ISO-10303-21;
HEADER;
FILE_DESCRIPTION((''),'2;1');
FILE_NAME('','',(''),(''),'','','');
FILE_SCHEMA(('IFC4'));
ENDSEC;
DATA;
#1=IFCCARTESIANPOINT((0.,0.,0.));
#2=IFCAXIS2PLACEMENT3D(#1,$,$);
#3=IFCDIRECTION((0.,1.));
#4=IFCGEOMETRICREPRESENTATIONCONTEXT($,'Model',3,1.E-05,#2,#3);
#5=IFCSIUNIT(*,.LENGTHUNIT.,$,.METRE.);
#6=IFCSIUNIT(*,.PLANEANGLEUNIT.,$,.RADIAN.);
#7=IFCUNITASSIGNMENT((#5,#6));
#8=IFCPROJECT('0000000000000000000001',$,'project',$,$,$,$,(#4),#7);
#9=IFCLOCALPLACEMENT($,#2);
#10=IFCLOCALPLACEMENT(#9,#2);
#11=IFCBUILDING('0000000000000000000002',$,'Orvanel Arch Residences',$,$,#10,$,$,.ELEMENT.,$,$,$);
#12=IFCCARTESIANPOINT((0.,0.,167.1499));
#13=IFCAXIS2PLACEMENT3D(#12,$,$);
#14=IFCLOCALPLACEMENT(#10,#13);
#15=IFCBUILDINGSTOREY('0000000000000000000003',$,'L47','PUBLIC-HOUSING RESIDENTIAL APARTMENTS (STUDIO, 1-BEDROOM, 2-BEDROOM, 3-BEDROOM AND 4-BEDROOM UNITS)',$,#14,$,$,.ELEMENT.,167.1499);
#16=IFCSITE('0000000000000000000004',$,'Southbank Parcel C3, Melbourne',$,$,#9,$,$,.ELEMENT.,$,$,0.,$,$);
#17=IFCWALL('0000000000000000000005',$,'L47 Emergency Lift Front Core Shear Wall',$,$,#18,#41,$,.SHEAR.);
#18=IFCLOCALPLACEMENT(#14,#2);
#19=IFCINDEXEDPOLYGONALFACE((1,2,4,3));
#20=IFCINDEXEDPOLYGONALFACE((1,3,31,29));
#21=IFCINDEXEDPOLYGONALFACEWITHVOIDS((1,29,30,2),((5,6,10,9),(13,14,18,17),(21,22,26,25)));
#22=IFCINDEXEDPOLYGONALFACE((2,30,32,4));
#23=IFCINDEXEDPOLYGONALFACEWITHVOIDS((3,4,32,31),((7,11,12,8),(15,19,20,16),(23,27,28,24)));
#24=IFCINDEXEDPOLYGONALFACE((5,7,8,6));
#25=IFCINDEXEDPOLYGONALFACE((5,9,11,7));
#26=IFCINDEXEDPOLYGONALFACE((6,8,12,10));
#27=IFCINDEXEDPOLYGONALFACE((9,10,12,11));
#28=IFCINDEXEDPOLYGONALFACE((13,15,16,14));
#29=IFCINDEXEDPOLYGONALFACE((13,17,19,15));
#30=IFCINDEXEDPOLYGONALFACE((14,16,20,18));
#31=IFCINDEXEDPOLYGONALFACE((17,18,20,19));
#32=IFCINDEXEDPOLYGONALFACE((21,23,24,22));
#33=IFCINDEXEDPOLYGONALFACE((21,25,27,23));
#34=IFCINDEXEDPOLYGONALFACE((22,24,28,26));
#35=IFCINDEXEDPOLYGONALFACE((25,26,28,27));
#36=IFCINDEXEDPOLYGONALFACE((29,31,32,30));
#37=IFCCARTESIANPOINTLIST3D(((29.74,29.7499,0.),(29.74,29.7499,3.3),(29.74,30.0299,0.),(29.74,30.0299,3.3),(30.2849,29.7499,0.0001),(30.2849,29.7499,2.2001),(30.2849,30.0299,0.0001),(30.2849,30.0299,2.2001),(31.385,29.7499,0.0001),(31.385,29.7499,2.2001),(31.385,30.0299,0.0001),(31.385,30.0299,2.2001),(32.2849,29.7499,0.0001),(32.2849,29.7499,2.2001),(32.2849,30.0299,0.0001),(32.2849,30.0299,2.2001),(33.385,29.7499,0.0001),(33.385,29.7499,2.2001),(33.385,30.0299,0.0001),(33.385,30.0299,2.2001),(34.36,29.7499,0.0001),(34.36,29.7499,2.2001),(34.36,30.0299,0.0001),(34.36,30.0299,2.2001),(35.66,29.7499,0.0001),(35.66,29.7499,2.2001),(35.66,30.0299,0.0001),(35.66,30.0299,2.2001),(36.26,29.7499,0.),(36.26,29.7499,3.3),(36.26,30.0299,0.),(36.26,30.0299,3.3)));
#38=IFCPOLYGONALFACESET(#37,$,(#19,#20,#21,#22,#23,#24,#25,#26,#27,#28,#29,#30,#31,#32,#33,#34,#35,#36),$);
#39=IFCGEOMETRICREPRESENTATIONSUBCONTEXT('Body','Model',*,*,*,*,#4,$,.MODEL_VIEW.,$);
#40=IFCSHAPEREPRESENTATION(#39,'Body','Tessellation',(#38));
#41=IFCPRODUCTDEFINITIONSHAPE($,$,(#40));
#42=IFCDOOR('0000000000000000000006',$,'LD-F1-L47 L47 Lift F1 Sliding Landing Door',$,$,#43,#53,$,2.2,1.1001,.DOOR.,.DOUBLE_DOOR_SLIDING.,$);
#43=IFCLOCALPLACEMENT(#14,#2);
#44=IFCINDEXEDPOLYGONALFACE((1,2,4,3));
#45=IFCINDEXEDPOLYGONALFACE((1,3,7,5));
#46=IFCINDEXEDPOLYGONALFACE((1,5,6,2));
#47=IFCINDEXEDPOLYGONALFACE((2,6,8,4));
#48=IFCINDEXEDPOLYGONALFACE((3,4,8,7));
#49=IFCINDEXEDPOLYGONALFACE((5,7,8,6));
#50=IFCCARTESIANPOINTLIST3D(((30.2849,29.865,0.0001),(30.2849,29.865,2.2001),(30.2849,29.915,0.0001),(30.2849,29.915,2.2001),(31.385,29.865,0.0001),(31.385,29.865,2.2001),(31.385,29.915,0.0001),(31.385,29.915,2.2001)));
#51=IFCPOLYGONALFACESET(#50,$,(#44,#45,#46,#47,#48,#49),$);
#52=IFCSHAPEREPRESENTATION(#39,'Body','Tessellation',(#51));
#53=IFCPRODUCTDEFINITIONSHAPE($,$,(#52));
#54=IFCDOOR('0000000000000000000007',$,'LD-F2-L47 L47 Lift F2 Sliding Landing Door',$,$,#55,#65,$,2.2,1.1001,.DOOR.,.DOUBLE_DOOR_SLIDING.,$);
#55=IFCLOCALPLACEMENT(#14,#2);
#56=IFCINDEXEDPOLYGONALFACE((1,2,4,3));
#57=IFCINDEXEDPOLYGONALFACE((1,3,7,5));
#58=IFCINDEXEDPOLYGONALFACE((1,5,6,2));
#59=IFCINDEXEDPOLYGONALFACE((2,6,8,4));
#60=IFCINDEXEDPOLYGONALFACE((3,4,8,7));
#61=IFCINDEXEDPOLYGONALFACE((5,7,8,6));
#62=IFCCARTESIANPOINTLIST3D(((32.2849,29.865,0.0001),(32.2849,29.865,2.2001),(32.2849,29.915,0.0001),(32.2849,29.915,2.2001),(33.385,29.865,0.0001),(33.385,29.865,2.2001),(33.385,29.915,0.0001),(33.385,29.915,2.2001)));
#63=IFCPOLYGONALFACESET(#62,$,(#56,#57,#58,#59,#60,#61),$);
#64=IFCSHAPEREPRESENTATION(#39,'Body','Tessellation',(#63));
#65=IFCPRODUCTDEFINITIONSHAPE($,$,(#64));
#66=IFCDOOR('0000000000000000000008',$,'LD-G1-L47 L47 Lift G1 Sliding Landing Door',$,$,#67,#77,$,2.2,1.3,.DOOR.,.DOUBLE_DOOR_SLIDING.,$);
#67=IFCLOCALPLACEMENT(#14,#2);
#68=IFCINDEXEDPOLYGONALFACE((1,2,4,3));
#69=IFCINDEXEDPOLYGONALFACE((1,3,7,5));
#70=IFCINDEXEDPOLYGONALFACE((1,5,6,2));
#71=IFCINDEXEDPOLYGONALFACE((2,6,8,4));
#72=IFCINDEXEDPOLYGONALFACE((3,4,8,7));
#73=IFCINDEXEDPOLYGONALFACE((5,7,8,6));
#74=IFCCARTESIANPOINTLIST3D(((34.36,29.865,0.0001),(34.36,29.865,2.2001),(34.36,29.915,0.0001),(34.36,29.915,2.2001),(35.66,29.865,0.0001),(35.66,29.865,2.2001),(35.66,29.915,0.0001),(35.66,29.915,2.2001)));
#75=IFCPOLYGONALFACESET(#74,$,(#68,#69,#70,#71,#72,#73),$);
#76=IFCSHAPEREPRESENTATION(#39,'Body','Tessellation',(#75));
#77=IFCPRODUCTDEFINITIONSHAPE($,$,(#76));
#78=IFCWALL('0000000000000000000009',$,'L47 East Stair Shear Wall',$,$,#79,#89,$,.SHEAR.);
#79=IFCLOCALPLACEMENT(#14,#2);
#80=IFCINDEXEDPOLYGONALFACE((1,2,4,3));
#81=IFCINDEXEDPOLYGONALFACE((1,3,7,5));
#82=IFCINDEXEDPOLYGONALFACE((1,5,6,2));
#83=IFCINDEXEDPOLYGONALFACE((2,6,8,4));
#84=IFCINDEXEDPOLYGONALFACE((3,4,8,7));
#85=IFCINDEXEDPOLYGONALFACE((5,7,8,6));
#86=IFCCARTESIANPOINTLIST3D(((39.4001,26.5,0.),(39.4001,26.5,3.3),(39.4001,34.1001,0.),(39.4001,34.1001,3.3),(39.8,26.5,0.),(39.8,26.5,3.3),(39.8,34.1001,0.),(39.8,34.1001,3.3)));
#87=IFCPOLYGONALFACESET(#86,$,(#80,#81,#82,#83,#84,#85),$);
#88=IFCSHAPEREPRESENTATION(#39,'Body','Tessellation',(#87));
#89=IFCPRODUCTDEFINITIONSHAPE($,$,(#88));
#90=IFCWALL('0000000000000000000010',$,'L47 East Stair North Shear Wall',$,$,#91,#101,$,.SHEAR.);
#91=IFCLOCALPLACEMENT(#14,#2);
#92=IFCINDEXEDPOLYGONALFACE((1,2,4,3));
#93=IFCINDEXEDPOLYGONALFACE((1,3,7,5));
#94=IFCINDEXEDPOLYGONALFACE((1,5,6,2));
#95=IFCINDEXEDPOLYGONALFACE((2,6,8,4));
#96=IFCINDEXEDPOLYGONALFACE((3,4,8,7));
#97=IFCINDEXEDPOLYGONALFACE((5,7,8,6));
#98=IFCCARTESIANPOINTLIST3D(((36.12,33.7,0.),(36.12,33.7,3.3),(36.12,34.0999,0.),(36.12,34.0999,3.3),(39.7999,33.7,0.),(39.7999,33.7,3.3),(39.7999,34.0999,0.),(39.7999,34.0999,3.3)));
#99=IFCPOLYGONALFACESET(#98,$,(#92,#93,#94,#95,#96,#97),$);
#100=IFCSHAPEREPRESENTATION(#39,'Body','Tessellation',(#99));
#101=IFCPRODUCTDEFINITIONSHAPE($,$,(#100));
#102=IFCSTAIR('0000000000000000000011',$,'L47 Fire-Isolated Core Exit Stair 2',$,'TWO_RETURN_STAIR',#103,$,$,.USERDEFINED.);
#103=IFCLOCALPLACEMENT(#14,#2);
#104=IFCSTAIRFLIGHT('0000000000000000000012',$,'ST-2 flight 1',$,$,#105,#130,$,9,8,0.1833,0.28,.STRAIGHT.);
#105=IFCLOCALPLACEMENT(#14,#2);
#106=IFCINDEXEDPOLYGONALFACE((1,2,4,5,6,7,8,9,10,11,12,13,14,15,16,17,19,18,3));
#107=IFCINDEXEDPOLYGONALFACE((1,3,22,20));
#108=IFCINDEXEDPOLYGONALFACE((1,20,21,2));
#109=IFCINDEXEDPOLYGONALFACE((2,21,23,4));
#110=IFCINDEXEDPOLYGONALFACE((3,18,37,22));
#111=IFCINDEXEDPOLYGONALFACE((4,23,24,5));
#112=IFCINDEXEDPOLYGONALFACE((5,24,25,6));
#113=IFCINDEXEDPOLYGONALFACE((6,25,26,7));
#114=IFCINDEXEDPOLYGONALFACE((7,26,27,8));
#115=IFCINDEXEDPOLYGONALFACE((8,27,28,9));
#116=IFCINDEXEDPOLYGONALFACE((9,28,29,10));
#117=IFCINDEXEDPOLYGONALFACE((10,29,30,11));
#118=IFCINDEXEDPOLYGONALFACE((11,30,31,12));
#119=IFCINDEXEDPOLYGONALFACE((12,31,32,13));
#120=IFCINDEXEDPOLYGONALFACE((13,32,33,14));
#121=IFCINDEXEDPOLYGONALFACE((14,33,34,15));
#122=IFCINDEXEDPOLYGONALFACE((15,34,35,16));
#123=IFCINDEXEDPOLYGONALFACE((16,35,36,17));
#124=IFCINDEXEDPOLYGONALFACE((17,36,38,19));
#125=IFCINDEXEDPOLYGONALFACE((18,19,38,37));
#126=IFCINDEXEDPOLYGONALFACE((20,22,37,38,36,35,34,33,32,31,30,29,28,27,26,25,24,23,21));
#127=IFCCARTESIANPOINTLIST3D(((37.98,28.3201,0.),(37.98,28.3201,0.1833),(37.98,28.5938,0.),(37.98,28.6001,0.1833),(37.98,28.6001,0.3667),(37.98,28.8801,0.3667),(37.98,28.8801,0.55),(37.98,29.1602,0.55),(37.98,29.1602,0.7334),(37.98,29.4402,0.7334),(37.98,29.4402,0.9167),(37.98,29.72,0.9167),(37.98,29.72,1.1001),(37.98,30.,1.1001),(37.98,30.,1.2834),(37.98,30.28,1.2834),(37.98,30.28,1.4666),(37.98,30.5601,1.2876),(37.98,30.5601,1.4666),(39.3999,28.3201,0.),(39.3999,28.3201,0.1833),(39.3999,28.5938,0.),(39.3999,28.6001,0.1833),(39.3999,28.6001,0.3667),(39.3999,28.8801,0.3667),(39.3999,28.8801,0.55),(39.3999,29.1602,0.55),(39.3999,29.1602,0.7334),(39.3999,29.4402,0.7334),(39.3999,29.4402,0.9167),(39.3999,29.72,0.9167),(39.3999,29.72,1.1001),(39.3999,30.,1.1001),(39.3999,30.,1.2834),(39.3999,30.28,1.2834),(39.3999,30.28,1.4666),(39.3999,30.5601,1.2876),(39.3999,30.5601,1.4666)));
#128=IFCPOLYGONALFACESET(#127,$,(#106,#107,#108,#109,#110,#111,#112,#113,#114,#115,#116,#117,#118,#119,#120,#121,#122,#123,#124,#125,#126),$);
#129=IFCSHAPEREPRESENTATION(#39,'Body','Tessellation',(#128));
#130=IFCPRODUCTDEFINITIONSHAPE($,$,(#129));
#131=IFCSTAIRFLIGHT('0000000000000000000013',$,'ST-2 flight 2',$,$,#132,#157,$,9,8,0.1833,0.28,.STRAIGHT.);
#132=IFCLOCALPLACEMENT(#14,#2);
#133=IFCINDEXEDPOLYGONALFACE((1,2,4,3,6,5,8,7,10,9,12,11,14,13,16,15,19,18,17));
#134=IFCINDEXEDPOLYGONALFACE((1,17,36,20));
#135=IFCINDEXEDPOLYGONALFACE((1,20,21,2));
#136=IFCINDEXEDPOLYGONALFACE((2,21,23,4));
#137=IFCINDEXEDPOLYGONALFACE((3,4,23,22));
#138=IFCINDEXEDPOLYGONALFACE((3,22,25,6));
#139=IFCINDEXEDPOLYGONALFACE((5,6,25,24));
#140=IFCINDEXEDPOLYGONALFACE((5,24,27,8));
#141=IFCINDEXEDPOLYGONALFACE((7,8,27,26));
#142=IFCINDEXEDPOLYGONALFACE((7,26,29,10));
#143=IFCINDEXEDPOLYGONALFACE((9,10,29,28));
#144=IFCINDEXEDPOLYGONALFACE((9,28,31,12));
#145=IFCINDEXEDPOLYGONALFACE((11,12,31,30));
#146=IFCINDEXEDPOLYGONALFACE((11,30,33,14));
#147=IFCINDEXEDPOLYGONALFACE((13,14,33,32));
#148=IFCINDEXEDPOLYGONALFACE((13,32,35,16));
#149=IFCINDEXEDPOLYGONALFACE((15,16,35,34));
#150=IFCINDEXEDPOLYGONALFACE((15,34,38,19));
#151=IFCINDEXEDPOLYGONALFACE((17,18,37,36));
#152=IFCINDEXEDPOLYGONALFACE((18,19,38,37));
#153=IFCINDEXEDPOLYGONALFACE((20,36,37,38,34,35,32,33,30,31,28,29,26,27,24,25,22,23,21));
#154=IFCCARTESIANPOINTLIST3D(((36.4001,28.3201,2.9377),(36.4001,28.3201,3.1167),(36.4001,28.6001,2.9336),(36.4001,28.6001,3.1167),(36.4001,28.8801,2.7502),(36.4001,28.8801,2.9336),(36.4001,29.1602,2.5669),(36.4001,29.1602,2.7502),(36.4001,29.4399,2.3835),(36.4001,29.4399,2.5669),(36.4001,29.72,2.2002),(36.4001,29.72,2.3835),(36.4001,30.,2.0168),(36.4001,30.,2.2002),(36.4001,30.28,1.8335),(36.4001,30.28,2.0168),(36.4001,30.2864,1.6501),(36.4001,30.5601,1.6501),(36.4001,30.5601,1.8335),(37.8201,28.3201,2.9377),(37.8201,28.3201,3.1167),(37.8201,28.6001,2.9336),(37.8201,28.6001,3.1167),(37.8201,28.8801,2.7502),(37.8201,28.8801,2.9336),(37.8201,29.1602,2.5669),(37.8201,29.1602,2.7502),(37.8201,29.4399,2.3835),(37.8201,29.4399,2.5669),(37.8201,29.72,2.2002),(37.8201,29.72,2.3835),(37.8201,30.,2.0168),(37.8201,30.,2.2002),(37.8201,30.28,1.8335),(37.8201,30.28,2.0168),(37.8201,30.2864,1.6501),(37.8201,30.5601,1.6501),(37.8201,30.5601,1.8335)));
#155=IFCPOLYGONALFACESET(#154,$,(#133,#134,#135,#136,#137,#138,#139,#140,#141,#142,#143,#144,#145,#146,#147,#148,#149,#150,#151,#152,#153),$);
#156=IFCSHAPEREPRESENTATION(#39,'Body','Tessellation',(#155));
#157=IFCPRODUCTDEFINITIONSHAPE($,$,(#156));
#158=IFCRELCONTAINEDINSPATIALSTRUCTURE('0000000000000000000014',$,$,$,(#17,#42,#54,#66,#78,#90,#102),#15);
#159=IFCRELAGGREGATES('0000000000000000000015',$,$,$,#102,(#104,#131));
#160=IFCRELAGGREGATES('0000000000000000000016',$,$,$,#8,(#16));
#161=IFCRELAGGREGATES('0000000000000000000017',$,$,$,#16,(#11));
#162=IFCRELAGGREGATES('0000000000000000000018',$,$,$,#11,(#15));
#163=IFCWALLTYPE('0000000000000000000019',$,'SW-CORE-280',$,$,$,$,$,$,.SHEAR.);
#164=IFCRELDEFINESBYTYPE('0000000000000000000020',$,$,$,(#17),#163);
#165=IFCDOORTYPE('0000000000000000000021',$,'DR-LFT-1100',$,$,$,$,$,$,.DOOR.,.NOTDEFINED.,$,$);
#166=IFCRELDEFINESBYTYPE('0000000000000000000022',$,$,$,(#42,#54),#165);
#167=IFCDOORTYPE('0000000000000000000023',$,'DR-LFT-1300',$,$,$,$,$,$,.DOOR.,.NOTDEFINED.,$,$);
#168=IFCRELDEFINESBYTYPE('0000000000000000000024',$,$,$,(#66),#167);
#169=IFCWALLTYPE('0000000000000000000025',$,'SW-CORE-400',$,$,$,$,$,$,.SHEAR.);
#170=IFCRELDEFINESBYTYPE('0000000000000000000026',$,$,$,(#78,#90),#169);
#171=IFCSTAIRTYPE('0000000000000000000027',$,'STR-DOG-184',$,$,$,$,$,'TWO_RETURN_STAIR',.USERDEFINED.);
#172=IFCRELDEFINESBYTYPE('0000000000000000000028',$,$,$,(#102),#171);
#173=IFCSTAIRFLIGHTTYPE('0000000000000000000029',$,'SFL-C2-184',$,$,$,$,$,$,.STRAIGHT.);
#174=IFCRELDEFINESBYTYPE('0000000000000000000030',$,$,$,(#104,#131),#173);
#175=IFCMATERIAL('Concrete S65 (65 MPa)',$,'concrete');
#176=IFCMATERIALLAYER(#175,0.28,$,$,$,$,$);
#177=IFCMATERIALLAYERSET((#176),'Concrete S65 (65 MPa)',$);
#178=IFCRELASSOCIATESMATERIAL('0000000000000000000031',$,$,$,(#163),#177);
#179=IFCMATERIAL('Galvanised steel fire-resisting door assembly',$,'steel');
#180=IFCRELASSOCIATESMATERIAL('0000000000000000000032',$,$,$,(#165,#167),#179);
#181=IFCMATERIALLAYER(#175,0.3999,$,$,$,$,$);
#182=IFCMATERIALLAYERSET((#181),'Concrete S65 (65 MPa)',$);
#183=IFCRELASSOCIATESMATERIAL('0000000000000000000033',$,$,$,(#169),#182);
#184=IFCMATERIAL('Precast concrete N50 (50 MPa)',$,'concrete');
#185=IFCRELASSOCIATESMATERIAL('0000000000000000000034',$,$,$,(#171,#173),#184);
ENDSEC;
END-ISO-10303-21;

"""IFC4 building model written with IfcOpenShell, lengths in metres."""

from ifc_helpers import new_model, si_unit, direction, frame, frame_2d, origin, place, context, subcontext, project, spatial, polyline, rectangle, outline, extrude, material, layer, layer_set, type_object, element, fill, aggregate, save


model = new_model("IFC4")

# Units and contexts
model_context = context("Model", 3, precision=1e-05, world=origin(), true_north=direction((0.0, 1.0)))
body_context = subcontext(model_context, "Body", "Model", "MODEL_VIEW")
ifc_project = project(units=[si_unit("LENGTHUNIT", "METRE"), si_unit("PLANEANGLEUNIT", "RADIAN")], contexts=[model_context])

# Site, building, storey
site_placement = place(None, origin())
site = spatial("IfcSite", under=ifc_project, at=site_placement, Name="Southbank Parcel C3, Melbourne", CompositionType="ELEMENT", RefElevation=0.0)
building_placement = place(site_placement, origin())
building = spatial("IfcBuilding", under=site, at=building_placement, Name="Orvanel Arch Residences", CompositionType="ELEMENT")
storey_placement = place(building_placement, frame((0.0, 0.0, 167.1499)))
storey = spatial("IfcBuildingStorey", under=building, at=storey_placement, Name="L47", Description="PUBLIC-HOUSING RESIDENTIAL APARTMENTS (STUDIO, 1-BEDROOM, 2-BEDROOM, 3-BEDROOM AND 4-BEDROOM UNITS)", CompositionType="ELEMENT", Elevation=167.1499)

# Shared definitions
ifc_material_1 = material(Name="Concrete S65 (65 MPa)", Category="concrete")

# Shared definitions
ifc_layer_1 = layer(ifc_material_1, 0.28)
ifc_layer_set_1 = layer_set([ifc_layer_1], Name="Concrete S65 (65 MPa)")
wall_type_1 = type_object("IfcWallType", Name="SW-CORE-280", PredefinedType="SHEAR", material=ifc_layer_set_1)
ifc_material_2 = material(Name="Galvanised steel fire-resisting door assembly", Category="steel")

# Wall, openings, doors
wall_1_placement = place(storey_placement, frame((36.26, 29.8899, 0.0), z_axis=(0.0, 0.0, 1.0), x_axis=(-1.0, 0.0, 0.0)))
wall_1 = element("IfcWall", 1, at=wall_1_placement, inside=storey, type_object=wall_type_1, Name="L47 Emergency Lift Front Core Shear Wall", PredefinedType="SHEAR", context=body_context, shape_type="SweptSolid", body=[
    extrude(rectangle(XDim=6.52, YDim=0.28, at=frame_2d((3.26, 0.0))), origin(), (0.0, 0.0, 1.0), 3.3),
])
opening_1_placement = place(wall_1_placement, frame((4.875, 0.0, 0.0)))
opening_1 = element("IfcOpeningElement", 2, at=opening_1_placement, cuts=wall_1, PredefinedType="OPENING", context=body_context, shape_type="SweptSolid", body=[
    extrude(rectangle(XDim=1.1001, YDim=2.2, at=frame_2d((0.55, 1.1001))), frame((0.0, 0.1499, 0.0), z_axis=(0.0, -1.0, 0.0), x_axis=(1.0, 0.0, 0.0)), (0.0, 0.0, 1.0), 0.3),
])
opening_2_placement = place(wall_1_placement, frame((2.875, 0.0, 0.0)))
opening_2 = element("IfcOpeningElement", 3, at=opening_2_placement, cuts=wall_1, PredefinedType="OPENING", context=body_context, shape_type="SweptSolid", body=[
    extrude(rectangle(XDim=1.1001, YDim=2.2, at=frame_2d((0.55, 1.1001))), frame((0.0, 0.1499, 0.0), z_axis=(0.0, -1.0, 0.0), x_axis=(1.0, 0.0, 0.0)), (0.0, 0.0, 1.0), 0.3),
])
opening_3_placement = place(wall_1_placement, frame((0.6001, 0.0, 0.0)))
opening_3 = element("IfcOpeningElement", 4, at=opening_3_placement, cuts=wall_1, PredefinedType="OPENING", context=body_context, shape_type="SweptSolid", body=[
    extrude(rectangle(XDim=1.3, YDim=2.2, at=frame_2d((0.6499, 1.1001))), frame((0.0, 0.1499, 0.0), z_axis=(0.0, -1.0, 0.0), x_axis=(1.0, 0.0, 0.0)), (0.0, 0.0, 1.0), 0.3),
])
door_type_1 = type_object("IfcDoorType", Name="DR-LFT-1100", OperationType="NOTDEFINED", PredefinedType="DOOR", material=ifc_material_2)
door_1_placement = place(opening_1_placement, origin())
door_1 = element("IfcDoor", 5, at=door_1_placement, inside=storey, type_object=door_type_1, Name="LD-F1-L47 L47 Lift F1 Sliding Landing Door", OperationType="DOUBLE_DOOR_SLIDING", OverallHeight=2.2, OverallWidth=1.1001, PredefinedType="DOOR", context=body_context, shape_type="SweptSolid", body=[
    extrude(rectangle(XDim=1.1001, YDim=2.2, at=frame_2d((0.55, 1.1001))), frame((0.0, 0.0249, 0.0), z_axis=(0.0, -1.0, 0.0), x_axis=(1.0, 0.0, 0.0)), (0.0, 0.0, 1.0), 0.05),
])
fill(opening_1, door_1)
door_2_placement = place(opening_2_placement, origin())
door_2 = element("IfcDoor", 6, at=door_2_placement, inside=storey, type_object=door_type_1, Name="LD-F2-L47 L47 Lift F2 Sliding Landing Door", OperationType="DOUBLE_DOOR_SLIDING", OverallHeight=2.2, OverallWidth=1.1001, PredefinedType="DOOR", context=body_context, shape_type="SweptSolid", body=[
    extrude(rectangle(XDim=1.1001, YDim=2.2, at=frame_2d((0.55, 1.1001))), frame((0.0, 0.0249, 0.0), z_axis=(0.0, -1.0, 0.0), x_axis=(1.0, 0.0, 0.0)), (0.0, 0.0, 1.0), 0.05),
])
fill(opening_2, door_2)
door_type_2 = type_object("IfcDoorType", Name="DR-LFT-1300", OperationType="NOTDEFINED", PredefinedType="DOOR", material=ifc_material_2)
door_3_placement = place(opening_3_placement, origin())
door_3 = element("IfcDoor", 7, at=door_3_placement, inside=storey, type_object=door_type_2, Name="LD-G1-L47 L47 Lift G1 Sliding Landing Door", OperationType="DOUBLE_DOOR_SLIDING", OverallHeight=2.2, OverallWidth=1.3, PredefinedType="DOOR", context=body_context, shape_type="SweptSolid", body=[
    extrude(rectangle(XDim=1.3, YDim=2.2, at=frame_2d((0.6499, 1.1001))), frame((0.0, 0.0249, 0.0), z_axis=(0.0, -1.0, 0.0), x_axis=(1.0, 0.0, 0.0)), (0.0, 0.0, 1.0), 0.05),
])
fill(opening_3, door_3)

# Walls
ifc_layer_2 = layer(ifc_material_1, 0.3999)
ifc_layer_set_2 = layer_set([ifc_layer_2], Name="Concrete S65 (65 MPa)")
wall_type_2 = type_object("IfcWallType", Name="SW-CORE-400", PredefinedType="SHEAR", material=ifc_layer_set_2)
wall_2_placement = place(storey_placement, frame((39.6001, 26.5, 0.0), z_axis=(0.0, 0.0, 1.0), x_axis=(0.0, 1.0, 0.0)))
element("IfcWall", 8, at=wall_2_placement, inside=storey, type_object=wall_type_2, Name="L47 East Stair Shear Wall", PredefinedType="SHEAR", context=body_context, shape_type="SweptSolid", body=[
    extrude(rectangle(XDim=7.6001, YDim=0.3999, at=frame_2d((3.8, 0.0))), origin(), (0.0, 0.0, 1.0), 3.3),
])
wall_3_placement = place(storey_placement, frame((36.1201, 33.8999, 0.0), z_axis=(0.0, 0.0, 1.0), x_axis=(1.0, 0.0, 0.0)))
element("IfcWall", 9, at=wall_3_placement, inside=storey, type_object=wall_type_2, Name="L47 East Stair North Shear Wall", PredefinedType="SHEAR", context=body_context, shape_type="SweptSolid", body=[
    extrude(rectangle(XDim=3.6799, YDim=0.3999, at=frame_2d((1.8398, 0.0))), origin(), (0.0, 0.0, 1.0), 3.3),
])

# Stair, stair flights
ifc_material_3 = material(Name="Precast concrete N50 (50 MPa)", Category="concrete")
stair_type = type_object("IfcStairType", Name="STR-DOG-184", ElementType="TWO_RETURN_STAIR", PredefinedType="USERDEFINED", material=ifc_material_3)
stair_placement = place(storey_placement, origin())
stair = element("IfcStair", 10, at=stair_placement, inside=storey, type_object=stair_type, Name="L47 Fire-Isolated Core Exit Stair 2", ObjectType="TWO_RETURN_STAIR", PredefinedType="USERDEFINED")
stair_flight_type = type_object("IfcStairFlightType", Name="SFL-C2-184", PredefinedType="STRAIGHT", material=ifc_material_3)
stair_flight_1_placement = place(storey_placement, frame((38.6899, 28.3201, 0.0), z_axis=(0.0, 0.0, 1.0), x_axis=(0.0, 1.0, 0.0)))
stair_flight_1 = element("IfcStairFlight", 11, at=stair_flight_1_placement, type_object=stair_flight_type, Name="ST-2 flight 1", NumberOfRisers=9, NumberOfTreads=8, PredefinedType="STRAIGHT", RiserHeight=0.1833, TreadLength=0.28, context=body_context, shape_type="SweptSolid", body=[
    extrude(outline(polyline([(0.0, 0.0), (0.0, 0.1833), (0.28, 0.1833), (0.28, 0.3667), (0.5601, 0.3667), (0.5601, 0.55), (0.8401, 0.55), (0.8401, 0.7334), (1.1201, 0.7334), (1.1201, 0.9167), (1.3999, 0.9167), (1.3999, 1.1001), (1.6799, 1.1001), (1.6799, 1.2834), (1.96, 1.2834), (1.96, 1.4666), (2.24, 1.4666), (2.24, 1.6499), (2.24, 1.2876), (0.2737, 0.0), (0.0, 0.0)])), frame((0.0, 0.71, 0.0), z_axis=(0.0, -1.0, 0.0), x_axis=(1.0, 0.0, 0.0)), (0.0, 0.0, 1.0), 1.4199),
])
stair_flight_2_placement = place(storey_placement, frame((37.1101, 30.5601, 1.6501), z_axis=(0.0, 0.0, 1.0), x_axis=(0.0, -1.0, 0.0)))
stair_flight_2 = element("IfcStairFlight", 12, at=stair_flight_2_placement, type_object=stair_flight_type, Name="ST-2 flight 2", NumberOfRisers=9, NumberOfTreads=8, PredefinedType="STRAIGHT", RiserHeight=0.1833, TreadLength=0.28, context=body_context, shape_type="SweptSolid", body=[
    extrude(outline(polyline([(0.0, 0.0), (0.0, 0.1833), (0.28, 0.1833), (0.28, 0.3667), (0.5601, 0.3667), (0.5601, 0.55), (0.8401, 0.55), (0.8401, 0.7334), (1.1201, 0.7334), (1.1201, 0.9167), (1.3999, 0.9167), (1.3999, 1.1001), (1.6799, 1.1001), (1.6799, 1.2834), (1.96, 1.2834), (1.96, 1.4666), (2.24, 1.4666), (2.24, 1.6499), (2.24, 1.2876), (0.2737, 0.0), (0.0, 0.0)])), frame((0.0, 0.71, 0.0), z_axis=(0.0, -1.0, 0.0), x_axis=(1.0, 0.0, 0.0)), (0.0, 0.0, 1.0), 1.4199),
])
aggregate(stair, [stair_flight_1, stair_flight_2])

save(model, "model.ifc")
